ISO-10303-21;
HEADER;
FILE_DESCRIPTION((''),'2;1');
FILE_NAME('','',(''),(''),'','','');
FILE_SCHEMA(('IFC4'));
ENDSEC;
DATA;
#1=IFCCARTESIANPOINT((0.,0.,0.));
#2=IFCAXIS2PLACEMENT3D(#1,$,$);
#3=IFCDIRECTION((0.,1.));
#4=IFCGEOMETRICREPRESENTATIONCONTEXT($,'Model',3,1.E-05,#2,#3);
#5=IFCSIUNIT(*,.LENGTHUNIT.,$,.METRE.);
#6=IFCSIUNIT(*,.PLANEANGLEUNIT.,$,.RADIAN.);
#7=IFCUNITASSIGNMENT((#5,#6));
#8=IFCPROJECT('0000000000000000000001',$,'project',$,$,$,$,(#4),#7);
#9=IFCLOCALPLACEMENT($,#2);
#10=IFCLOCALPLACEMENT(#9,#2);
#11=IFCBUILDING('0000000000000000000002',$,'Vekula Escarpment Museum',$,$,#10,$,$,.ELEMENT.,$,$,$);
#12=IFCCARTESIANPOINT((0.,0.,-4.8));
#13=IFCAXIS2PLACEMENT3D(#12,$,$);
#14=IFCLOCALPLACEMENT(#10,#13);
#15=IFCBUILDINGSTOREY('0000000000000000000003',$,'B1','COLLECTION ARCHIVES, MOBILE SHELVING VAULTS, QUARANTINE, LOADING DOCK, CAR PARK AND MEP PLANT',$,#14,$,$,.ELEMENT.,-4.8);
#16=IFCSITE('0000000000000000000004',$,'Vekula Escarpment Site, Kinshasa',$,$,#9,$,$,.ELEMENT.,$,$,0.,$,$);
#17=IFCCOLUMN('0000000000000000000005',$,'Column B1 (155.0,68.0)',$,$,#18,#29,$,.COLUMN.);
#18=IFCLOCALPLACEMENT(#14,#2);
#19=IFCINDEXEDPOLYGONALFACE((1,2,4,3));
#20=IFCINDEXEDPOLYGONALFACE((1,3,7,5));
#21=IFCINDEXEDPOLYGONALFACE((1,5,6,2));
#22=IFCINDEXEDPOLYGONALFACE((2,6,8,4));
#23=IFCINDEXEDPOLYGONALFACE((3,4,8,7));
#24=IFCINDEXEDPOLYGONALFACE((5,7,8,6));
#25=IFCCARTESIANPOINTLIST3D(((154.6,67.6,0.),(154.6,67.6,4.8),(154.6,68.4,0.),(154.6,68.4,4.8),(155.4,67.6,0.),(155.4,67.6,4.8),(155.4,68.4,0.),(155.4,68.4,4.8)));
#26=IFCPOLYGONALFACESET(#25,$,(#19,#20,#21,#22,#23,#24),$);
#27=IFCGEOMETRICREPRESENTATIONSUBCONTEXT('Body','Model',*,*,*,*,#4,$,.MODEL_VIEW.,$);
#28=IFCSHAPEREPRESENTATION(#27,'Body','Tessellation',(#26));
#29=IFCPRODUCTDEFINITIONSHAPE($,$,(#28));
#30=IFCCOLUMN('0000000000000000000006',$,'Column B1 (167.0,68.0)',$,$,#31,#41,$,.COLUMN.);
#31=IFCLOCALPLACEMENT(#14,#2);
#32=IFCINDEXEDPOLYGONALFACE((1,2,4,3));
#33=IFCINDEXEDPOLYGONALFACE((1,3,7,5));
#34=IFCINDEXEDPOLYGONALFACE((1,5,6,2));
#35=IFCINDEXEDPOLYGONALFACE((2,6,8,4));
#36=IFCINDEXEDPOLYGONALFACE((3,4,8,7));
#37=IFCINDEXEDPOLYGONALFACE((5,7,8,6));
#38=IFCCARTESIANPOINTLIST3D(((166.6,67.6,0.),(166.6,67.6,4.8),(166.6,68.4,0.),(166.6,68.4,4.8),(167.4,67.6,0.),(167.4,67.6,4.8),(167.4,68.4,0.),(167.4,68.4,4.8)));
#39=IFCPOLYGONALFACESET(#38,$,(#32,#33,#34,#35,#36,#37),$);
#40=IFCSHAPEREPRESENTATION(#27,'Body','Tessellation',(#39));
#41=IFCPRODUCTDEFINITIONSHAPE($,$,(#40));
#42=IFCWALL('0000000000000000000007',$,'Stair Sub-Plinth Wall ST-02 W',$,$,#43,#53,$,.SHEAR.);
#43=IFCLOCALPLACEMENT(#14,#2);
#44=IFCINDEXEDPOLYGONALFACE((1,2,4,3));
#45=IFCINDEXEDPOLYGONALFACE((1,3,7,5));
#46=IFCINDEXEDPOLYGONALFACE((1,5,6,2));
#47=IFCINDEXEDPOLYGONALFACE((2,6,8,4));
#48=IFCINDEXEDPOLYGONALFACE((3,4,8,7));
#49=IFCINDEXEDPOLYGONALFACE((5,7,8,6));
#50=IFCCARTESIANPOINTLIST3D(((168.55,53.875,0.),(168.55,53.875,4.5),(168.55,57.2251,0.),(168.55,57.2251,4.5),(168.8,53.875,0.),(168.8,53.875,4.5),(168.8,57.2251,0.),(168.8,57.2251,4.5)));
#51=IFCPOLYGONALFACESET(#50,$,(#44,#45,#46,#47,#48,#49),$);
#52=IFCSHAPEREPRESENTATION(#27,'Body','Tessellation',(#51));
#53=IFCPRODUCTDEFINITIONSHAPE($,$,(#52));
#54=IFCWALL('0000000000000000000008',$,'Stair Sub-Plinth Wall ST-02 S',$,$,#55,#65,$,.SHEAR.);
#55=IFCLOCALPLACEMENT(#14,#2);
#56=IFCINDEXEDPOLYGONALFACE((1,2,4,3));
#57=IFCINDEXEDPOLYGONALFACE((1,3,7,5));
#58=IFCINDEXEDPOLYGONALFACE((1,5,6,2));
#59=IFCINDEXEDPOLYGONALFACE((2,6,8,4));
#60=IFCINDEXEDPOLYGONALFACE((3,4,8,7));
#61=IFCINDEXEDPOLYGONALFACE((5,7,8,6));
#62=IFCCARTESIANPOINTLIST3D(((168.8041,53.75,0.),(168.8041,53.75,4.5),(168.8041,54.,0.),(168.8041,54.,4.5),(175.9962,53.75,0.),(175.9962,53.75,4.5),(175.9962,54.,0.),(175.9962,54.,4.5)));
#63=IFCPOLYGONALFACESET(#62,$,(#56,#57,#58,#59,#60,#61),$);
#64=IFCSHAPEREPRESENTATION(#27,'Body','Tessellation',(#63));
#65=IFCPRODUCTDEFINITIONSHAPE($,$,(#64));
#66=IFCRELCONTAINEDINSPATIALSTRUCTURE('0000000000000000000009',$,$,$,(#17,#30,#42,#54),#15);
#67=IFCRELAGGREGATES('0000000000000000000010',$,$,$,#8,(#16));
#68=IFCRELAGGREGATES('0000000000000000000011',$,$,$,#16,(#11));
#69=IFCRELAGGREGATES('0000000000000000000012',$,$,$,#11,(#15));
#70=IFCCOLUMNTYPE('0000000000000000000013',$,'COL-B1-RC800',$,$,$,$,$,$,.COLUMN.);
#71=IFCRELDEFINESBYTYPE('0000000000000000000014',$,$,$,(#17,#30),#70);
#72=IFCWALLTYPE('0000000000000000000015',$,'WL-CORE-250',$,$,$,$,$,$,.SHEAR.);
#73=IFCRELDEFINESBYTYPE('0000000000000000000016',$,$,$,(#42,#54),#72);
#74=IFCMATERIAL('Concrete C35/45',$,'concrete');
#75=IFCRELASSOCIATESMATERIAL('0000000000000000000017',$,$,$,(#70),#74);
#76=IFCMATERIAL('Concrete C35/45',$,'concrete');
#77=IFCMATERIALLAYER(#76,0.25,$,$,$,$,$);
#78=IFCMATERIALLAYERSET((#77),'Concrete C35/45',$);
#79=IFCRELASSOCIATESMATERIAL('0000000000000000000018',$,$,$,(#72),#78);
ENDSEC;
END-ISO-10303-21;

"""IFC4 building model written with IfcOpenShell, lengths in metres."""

from ifc_helpers import new_model, si_unit, direction, frame, frame_2d, origin, origin_2d, place, context, subcontext, project, spatial, rectangle, extrude, material, layer, layer_set, material_profile, profile_set, type_object, element, save


model = new_model("IFC4")

# Units and contexts
model_context = context("Model", 3, precision=1e-05, world=origin(), true_north=direction((0.0, 1.0)))
body_context = subcontext(model_context, "Body", "Model", "MODEL_VIEW")
ifc_project = project(units=[si_unit("LENGTHUNIT", "METRE"), si_unit("PLANEANGLEUNIT", "RADIAN")], contexts=[model_context])

# Site, building, storey
site_placement = place(None, origin())
site = spatial("IfcSite", under=ifc_project, at=site_placement, Name="Vekula Escarpment Site, Kinshasa", CompositionType="ELEMENT", RefElevation=0.0)
building_placement = place(site_placement, origin())
building = spatial("IfcBuilding", under=site, at=building_placement, Name="Vekula Escarpment Museum", CompositionType="ELEMENT")
storey_placement = place(building_placement, frame((0.0, 0.0, -4.8)))
storey = spatial("IfcBuildingStorey", under=building, at=storey_placement, Name="B1", Description="COLLECTION ARCHIVES, MOBILE SHELVING VAULTS, QUARANTINE, LOADING DOCK, CAR PARK AND MEP PLANT", CompositionType="ELEMENT", Elevation=-4.8)

# Columns
ifc_material_1 = material(Name="Concrete C35/45", Category="concrete")
ifc_material_profile_1 = material_profile(ifc_material_1, rectangle(XDim=0.8, YDim=0.8, at=origin_2d()), Name="RC 800x800")
ifc_profile_set_1 = profile_set([ifc_material_profile_1], Name="Concrete C35/45")
column_type_1 = type_object("IfcColumnType", Name="COL-B1-RC800", PredefinedType="COLUMN", material=ifc_profile_set_1)
for number, where, z_axis, x_axis, name in (
    (1, (155.0, 68.0, 0.0), (0.0, 0.0, 1.0), (1.0, 0.0, 0.0), "Column B1 (155.0,68.0)"),
    (2, (167.0, 68.0, 0.0), (0.0, 0.0, 1.0), (1.0, 0.0, 0.0), "Column B1 (167.0,68.0)"),
):
    element("IfcColumn", number, at=place(storey_placement, frame(where, z_axis=z_axis, x_axis=x_axis)), inside=storey, type_object=column_type_1, Name=name, PredefinedType="COLUMN", context=body_context, shape_type="SweptSolid", body=[
        extrude(rectangle(XDim=0.8, YDim=0.8, at=origin_2d()), origin(), (0.0, 0.0, 1.0), 4.8),
    ])

# Walls
ifc_material_2 = material(Name="Concrete C35/45", Category="concrete")
ifc_layer = layer(ifc_material_2, 0.25)
ifc_layer_set = layer_set([ifc_layer], Name="Concrete C35/45")
wall_type = type_object("IfcWallType", Name="WL-CORE-250", PredefinedType="SHEAR", material=ifc_layer_set)
wall_1_placement = place(storey_placement, frame((168.675, 53.875, 0.0), z_axis=(0.0, 0.0, 1.0), x_axis=(0.0, 1.0, 0.0)))
element("IfcWall", 3, at=wall_1_placement, inside=storey, type_object=wall_type, Name="Stair Sub-Plinth Wall ST-02 W", PredefinedType="SHEAR", context=body_context, shape_type="SweptSolid", body=[
    extrude(rectangle(XDim=3.3501, YDim=0.25, at=frame_2d((1.675, 0.0))), origin(), (0.0, 0.0, 1.0), 4.5),
])
wall_2_placement = place(storey_placement, frame((168.804, 53.875, 0.0), z_axis=(0.0, 0.0, 1.0), x_axis=(1.0, 0.0, 0.0)))
element("IfcWall", 4, at=wall_2_placement, inside=storey, type_object=wall_type, Name="Stair Sub-Plinth Wall ST-02 S", PredefinedType="SHEAR", context=body_context, shape_type="SweptSolid", body=[
    extrude(rectangle(XDim=7.1921, YDim=0.25, at=frame_2d((3.5962, 0.0))), origin(), (0.0, 0.0, 1.0), 4.5),
])

save(model, "model.ifc")
